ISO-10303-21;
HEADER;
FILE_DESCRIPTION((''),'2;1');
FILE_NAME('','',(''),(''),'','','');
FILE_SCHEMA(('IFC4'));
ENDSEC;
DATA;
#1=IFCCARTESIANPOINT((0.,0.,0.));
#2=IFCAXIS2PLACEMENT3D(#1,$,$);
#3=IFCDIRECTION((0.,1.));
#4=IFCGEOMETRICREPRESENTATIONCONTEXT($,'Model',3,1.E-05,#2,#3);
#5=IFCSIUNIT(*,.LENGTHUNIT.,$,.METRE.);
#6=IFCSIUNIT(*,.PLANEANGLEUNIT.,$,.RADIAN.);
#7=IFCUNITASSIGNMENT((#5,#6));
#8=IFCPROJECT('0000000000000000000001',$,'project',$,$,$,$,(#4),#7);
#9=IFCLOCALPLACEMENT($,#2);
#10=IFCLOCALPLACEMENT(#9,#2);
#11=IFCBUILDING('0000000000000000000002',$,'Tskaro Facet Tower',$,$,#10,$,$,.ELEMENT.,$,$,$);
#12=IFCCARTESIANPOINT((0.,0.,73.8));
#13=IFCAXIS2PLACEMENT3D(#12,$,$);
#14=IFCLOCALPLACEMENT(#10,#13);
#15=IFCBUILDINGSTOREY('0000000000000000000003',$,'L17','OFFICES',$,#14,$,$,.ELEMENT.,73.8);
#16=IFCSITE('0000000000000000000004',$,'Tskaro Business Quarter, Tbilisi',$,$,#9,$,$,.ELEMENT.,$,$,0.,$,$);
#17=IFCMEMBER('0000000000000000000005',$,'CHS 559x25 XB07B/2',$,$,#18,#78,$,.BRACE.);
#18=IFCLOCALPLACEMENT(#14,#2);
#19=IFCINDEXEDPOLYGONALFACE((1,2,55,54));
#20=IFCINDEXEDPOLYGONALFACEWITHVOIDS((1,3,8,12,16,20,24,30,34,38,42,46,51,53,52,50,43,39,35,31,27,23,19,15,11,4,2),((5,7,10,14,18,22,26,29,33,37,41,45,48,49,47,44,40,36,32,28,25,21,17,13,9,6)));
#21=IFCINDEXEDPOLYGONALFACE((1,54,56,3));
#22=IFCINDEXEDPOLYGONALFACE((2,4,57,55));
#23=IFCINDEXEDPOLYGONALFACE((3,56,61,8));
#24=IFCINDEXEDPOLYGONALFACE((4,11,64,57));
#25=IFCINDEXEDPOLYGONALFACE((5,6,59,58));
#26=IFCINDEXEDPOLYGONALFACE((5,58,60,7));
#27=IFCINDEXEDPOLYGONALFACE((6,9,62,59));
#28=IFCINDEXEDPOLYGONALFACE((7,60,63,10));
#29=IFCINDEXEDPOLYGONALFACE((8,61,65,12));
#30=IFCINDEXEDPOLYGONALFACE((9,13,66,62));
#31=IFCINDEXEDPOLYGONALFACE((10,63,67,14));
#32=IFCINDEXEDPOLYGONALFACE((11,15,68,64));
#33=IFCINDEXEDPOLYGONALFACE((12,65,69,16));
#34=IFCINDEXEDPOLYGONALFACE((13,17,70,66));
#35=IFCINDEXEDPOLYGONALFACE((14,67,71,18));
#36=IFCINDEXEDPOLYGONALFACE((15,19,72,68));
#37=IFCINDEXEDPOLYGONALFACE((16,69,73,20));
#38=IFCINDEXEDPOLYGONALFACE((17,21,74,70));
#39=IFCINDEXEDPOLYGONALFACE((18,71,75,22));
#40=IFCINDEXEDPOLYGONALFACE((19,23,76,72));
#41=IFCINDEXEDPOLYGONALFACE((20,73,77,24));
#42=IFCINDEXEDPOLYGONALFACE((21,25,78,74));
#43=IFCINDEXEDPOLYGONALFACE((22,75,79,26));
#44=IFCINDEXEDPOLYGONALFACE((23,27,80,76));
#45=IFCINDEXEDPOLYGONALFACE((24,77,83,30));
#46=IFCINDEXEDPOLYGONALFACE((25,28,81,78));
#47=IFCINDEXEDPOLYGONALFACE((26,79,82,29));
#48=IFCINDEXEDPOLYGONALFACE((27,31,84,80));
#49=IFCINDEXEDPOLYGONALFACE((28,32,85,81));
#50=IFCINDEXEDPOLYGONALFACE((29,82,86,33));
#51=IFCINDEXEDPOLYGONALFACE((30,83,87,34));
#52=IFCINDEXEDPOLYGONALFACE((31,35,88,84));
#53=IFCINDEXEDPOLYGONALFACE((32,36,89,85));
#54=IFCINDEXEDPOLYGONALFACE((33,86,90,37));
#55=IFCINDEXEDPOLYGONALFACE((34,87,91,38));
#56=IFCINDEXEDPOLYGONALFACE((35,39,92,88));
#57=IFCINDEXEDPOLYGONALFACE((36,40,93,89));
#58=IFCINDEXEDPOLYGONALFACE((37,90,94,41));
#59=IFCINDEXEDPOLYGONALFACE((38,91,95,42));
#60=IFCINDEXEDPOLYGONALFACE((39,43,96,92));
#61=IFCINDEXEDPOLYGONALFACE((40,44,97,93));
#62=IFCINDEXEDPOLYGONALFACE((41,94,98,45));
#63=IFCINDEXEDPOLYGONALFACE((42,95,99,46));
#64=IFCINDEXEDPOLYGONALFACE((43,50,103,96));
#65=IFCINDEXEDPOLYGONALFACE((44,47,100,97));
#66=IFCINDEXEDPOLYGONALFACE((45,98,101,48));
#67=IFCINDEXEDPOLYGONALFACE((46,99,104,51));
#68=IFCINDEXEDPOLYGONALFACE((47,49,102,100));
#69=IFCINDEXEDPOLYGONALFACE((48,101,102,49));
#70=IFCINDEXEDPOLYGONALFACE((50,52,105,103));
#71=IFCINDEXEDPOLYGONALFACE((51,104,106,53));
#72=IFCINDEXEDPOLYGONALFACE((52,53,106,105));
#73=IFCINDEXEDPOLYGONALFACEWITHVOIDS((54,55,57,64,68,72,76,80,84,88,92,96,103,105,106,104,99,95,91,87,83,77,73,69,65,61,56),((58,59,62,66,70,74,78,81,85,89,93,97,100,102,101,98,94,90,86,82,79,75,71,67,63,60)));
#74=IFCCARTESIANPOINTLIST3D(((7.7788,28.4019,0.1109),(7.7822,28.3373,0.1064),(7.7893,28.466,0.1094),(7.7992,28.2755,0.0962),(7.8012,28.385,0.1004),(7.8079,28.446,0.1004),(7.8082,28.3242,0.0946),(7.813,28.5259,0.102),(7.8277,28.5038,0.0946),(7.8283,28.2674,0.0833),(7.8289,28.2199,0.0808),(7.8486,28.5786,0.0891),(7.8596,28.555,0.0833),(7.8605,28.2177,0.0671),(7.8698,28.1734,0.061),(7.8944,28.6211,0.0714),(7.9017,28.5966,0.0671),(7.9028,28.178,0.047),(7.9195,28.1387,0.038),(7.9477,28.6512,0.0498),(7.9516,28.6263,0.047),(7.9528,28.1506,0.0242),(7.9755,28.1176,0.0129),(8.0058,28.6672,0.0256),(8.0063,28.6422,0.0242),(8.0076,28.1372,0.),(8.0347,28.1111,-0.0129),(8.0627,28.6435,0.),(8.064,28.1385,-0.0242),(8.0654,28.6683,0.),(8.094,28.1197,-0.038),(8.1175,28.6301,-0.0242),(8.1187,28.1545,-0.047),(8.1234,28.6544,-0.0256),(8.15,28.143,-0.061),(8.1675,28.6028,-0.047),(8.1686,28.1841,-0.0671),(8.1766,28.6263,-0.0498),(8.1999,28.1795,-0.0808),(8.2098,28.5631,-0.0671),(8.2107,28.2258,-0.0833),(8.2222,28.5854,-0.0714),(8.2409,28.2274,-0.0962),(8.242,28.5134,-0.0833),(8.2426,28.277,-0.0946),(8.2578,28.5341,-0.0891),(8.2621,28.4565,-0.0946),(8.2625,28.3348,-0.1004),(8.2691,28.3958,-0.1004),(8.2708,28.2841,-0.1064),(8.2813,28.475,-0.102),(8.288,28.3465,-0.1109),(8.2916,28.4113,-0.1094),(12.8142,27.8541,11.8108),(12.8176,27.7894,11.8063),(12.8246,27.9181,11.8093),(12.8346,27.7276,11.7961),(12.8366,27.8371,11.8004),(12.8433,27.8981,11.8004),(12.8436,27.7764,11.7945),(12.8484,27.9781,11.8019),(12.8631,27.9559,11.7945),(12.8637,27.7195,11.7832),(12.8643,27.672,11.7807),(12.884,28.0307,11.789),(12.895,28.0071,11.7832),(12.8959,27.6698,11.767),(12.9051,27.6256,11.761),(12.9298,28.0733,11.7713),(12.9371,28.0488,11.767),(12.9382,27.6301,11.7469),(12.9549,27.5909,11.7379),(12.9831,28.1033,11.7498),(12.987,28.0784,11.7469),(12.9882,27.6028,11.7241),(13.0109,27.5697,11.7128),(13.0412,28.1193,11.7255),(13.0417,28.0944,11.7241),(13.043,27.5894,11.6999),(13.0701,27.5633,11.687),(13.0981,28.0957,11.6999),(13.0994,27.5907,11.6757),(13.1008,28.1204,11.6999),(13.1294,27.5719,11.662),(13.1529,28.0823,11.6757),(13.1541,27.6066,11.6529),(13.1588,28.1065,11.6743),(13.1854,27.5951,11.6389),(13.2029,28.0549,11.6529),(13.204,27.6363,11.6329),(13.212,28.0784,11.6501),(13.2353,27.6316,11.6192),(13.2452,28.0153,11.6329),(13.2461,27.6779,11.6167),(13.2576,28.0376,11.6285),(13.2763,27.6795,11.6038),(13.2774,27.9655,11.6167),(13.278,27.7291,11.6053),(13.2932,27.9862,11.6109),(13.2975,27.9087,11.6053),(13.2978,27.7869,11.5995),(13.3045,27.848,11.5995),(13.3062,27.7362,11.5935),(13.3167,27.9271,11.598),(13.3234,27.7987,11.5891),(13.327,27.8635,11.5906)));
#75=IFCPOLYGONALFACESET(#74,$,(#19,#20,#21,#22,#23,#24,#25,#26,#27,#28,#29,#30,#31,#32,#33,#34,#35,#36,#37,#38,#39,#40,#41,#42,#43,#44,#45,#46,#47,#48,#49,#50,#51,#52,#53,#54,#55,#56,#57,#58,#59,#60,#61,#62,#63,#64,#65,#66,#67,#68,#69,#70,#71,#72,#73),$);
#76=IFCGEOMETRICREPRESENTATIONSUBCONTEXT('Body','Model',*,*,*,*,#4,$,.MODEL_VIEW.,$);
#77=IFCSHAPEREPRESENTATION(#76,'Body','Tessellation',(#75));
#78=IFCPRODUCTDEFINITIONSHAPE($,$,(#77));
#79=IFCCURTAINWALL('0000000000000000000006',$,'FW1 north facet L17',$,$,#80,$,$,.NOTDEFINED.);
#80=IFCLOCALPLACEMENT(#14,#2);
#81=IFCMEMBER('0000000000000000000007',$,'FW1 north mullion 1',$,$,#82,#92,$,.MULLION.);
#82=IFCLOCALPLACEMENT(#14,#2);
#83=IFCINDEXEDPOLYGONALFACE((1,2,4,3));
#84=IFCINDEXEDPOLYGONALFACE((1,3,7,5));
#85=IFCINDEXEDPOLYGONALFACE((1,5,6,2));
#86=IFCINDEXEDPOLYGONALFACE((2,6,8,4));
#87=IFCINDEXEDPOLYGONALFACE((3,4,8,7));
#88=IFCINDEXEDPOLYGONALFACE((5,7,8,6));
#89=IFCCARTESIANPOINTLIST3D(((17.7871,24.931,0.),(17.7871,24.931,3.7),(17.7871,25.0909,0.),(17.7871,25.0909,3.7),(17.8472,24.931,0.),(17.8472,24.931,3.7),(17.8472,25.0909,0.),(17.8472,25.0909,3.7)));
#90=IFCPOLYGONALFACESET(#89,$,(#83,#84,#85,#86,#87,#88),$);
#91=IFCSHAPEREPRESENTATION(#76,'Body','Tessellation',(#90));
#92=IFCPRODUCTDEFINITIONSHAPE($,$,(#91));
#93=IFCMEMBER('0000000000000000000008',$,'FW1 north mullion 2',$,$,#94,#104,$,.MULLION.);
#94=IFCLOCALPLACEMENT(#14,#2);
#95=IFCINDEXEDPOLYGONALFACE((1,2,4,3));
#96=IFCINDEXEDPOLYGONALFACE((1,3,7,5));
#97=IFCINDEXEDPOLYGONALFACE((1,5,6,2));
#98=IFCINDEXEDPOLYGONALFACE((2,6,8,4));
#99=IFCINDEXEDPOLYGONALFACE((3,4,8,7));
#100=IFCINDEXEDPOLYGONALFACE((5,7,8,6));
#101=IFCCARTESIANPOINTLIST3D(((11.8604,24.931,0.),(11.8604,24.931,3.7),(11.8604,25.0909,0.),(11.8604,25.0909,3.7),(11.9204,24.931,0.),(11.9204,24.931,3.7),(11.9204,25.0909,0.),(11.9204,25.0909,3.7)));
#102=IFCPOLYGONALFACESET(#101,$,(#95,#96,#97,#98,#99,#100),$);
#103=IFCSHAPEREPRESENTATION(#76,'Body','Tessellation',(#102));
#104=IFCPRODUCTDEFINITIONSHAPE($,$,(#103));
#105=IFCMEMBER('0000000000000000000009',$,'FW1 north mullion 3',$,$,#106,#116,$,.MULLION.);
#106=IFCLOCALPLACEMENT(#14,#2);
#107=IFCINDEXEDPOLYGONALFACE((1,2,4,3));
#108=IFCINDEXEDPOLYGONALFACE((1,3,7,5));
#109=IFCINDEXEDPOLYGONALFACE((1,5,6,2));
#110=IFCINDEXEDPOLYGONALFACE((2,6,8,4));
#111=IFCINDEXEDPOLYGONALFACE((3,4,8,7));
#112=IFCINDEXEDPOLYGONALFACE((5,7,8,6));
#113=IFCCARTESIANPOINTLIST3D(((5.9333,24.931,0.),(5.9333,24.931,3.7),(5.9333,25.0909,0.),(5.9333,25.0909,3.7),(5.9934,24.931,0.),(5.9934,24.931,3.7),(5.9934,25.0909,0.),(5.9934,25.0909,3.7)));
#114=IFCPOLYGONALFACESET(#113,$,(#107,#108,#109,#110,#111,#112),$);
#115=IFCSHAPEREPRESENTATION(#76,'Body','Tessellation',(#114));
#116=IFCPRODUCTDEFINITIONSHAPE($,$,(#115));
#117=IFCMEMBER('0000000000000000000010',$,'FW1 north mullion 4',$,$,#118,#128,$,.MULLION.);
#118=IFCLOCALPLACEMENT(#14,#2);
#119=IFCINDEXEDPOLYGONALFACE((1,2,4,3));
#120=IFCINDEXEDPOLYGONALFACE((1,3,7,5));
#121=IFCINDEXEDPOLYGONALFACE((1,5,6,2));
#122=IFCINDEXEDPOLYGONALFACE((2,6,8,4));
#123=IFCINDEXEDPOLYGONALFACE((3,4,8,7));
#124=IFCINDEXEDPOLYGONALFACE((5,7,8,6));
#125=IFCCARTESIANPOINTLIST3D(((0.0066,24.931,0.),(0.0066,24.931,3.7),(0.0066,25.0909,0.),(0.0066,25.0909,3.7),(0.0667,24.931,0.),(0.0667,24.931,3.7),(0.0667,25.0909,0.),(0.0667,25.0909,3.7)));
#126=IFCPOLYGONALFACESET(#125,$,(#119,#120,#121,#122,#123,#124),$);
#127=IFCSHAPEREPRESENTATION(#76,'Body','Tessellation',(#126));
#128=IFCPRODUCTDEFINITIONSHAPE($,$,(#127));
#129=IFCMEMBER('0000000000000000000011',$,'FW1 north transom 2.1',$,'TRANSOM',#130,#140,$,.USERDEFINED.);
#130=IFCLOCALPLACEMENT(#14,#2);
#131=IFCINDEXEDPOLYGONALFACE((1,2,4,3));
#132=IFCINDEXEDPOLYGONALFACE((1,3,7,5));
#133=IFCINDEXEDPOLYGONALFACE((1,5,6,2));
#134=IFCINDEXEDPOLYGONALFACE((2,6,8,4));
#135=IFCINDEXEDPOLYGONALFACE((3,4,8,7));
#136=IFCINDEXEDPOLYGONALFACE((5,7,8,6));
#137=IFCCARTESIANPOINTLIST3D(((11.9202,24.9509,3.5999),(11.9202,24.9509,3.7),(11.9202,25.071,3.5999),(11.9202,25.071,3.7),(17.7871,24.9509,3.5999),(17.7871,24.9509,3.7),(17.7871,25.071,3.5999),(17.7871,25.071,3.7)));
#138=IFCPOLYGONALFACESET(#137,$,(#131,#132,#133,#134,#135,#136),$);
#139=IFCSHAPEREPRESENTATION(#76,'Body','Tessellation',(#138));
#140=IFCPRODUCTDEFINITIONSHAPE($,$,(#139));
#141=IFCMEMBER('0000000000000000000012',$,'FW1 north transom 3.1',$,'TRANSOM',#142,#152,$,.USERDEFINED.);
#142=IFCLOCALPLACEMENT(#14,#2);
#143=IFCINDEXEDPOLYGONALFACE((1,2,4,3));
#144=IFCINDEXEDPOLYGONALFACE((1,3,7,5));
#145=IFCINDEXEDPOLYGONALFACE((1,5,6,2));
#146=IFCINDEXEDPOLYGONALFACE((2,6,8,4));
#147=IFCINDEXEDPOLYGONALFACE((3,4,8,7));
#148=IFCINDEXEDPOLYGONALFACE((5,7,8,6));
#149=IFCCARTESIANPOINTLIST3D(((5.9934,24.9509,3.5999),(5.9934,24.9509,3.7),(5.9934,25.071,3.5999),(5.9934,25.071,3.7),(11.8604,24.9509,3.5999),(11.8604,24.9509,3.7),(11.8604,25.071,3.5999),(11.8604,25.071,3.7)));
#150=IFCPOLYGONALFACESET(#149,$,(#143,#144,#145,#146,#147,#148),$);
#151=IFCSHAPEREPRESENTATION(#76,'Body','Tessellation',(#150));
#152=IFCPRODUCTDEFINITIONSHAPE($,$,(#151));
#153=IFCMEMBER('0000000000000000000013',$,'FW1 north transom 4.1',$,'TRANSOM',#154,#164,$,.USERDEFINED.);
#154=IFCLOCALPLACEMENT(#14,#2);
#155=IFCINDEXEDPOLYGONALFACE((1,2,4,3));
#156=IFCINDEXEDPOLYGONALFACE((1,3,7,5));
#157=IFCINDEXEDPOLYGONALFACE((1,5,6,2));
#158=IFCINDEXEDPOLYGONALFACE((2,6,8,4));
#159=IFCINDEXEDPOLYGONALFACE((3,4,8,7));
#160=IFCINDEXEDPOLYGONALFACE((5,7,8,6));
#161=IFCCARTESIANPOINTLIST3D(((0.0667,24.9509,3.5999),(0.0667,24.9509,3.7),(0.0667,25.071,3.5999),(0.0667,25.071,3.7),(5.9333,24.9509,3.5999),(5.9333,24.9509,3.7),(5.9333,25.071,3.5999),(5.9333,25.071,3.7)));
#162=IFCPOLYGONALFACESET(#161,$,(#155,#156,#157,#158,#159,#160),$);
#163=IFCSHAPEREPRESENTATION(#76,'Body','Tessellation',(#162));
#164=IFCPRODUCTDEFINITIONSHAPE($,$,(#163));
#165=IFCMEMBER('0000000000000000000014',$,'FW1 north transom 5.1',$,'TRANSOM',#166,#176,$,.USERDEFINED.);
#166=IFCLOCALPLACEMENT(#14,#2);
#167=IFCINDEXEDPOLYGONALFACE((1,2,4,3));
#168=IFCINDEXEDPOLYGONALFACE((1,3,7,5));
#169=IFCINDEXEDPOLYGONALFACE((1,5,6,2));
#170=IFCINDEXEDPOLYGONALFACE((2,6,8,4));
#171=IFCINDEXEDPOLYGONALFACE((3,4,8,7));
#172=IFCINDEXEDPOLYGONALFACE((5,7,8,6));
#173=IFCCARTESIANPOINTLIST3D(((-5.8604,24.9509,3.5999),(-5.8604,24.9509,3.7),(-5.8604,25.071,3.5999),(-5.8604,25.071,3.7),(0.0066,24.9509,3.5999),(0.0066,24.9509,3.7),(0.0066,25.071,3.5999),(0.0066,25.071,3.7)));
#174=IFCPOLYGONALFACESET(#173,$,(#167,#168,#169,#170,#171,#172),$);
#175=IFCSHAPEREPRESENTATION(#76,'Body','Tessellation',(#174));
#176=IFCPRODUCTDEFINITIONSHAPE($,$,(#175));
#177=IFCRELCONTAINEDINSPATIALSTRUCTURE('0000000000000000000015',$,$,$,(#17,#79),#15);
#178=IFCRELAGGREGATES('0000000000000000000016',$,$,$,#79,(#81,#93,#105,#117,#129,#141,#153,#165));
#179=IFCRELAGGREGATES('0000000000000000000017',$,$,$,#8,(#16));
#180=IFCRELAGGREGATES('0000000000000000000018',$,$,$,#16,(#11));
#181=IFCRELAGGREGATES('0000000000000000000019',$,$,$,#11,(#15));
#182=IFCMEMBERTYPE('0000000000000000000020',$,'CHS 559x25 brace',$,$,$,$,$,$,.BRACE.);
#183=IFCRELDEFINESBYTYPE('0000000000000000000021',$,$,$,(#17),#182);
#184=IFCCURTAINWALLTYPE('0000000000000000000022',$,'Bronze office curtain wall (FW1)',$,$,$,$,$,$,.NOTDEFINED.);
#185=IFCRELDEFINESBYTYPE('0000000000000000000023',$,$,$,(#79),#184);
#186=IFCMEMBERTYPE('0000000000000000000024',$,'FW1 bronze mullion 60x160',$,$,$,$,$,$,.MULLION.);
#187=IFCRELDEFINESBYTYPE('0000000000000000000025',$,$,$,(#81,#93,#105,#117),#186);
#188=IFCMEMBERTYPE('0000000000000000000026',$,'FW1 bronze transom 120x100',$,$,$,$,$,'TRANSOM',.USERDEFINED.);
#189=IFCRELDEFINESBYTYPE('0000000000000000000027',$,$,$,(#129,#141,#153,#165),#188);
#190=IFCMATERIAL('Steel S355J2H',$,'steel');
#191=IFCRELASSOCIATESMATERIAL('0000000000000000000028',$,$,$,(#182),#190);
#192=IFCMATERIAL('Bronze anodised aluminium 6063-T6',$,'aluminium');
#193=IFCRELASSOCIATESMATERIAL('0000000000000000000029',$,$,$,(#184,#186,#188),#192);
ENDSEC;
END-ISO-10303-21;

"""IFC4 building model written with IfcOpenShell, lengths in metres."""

from ifc_helpers import new_model, si_unit, direction, frame, origin, origin_2d, place, context, subcontext, project, spatial, rectangle, hollow_circle, extrude, material, material_profile, profile_set, type_object, element, aggregate, save


model = new_model("IFC4")

# Units and contexts
model_context = context("Model", 3, precision=1e-05, world=origin(), true_north=direction((0.0, 1.0)))
body_context = subcontext(model_context, "Body", "Model", "MODEL_VIEW")
ifc_project = project(units=[si_unit("LENGTHUNIT", "METRE"), si_unit("PLANEANGLEUNIT", "RADIAN")], contexts=[model_context])

# Site, building, storey
site_placement = place(None, origin())
site = spatial("IfcSite", under=ifc_project, at=site_placement, Name="Tskaro Business Quarter, Tbilisi", CompositionType="ELEMENT", RefElevation=0.0)
building_placement = place(site_placement, origin())
building = spatial("IfcBuilding", under=site, at=building_placement, Name="Tskaro Facet Tower", CompositionType="ELEMENT")
storey_placement = place(building_placement, frame((0.0, 0.0, 73.8)))
storey = spatial("IfcBuildingStorey", under=building, at=storey_placement, Name="L17", Description="OFFICES", CompositionType="ELEMENT", Elevation=73.8)

# Shared definitions
ifc_material_1 = material(Name="Steel S355J2H", Category="steel")

# Member
ifc_material_profile_1 = material_profile(ifc_material_1, hollow_circle(Radius=0.2795, WallThickness=0.0249, at=origin_2d()), Name="CHS 559x25")
ifc_profile_set_1 = profile_set([ifc_material_profile_1], Name="Steel S355J2H")
member_type_1 = type_object("IfcMemberType", Name="CHS 559x25 brace", PredefinedType="BRACE", material=ifc_profile_set_1)
member_1_placement = place(storey_placement, frame((8.0352, 28.3904, 0.0), z_axis=(0.394956, -0.042971, 0.917695), x_axis=(0.108162, 0.994133, 0.0)))
element("IfcMember", 1, at=member_1_placement, inside=storey, type_object=member_type_1, Name="CHS 559x25 XB07B/2", PredefinedType="BRACE", context=body_context, shape_type="SweptSolid", body=[
    extrude(hollow_circle(Radius=0.2795, WallThickness=0.0249, at=origin_2d()), origin(), (0.0, 0.0, 1.0), 12.7493),
])

# Curtain wall, members
ifc_material_2 = material(Name="Bronze anodised aluminium 6063-T6", Category="aluminium")
curtain_wall_type = type_object("IfcCurtainWallType", Name="Bronze office curtain wall (FW1)", PredefinedType="NOTDEFINED", material=ifc_material_2)
curtain_wall_placement = place(storey_placement, origin())
curtain_wall = element("IfcCurtainWall", 2, at=curtain_wall_placement, inside=storey, type_object=curtain_wall_type, Name="FW1 north facet L17", PredefinedType="NOTDEFINED")
ifc_material_profile_2 = material_profile(ifc_material_2, rectangle(XDim=0.0601, YDim=0.1599, at=origin_2d()), Name="Mullion 60x160")
ifc_profile_set_2 = profile_set([ifc_material_profile_2], Name="Bronze anodised aluminium 6063-T6")
member_type_2 = type_object("IfcMemberType", Name="FW1 bronze mullion 60x160", PredefinedType="MULLION", material=ifc_profile_set_2)
member_2_placement = place(storey_placement, frame((17.8171, 25.011, 0.0), z_axis=(0.0, 0.0, 1.0), x_axis=(-1.0, 0.0, 0.0)))
member_2 = element("IfcMember", 3, at=member_2_placement, type_object=member_type_2, Name="FW1 north mullion 1", PredefinedType="MULLION", context=body_context, shape_type="SweptSolid", body=[
    extrude(rectangle(XDim=0.0601, YDim=0.1599, at=origin_2d()), origin(), (0.0, 0.0, 1.0), 3.7),
])
member_3_placement = place(storey_placement, frame((11.8904, 25.011, 0.0), z_axis=(0.0, 0.0, 1.0), x_axis=(-1.0, 0.0, 0.0)))
member_3 = element("IfcMember", 4, at=member_3_placement, type_object=member_type_2, Name="FW1 north mullion 2", PredefinedType="MULLION", context=body_context, shape_type="SweptSolid", body=[
    extrude(rectangle(XDim=0.0601, YDim=0.1599, at=origin_2d()), origin(), (0.0, 0.0, 1.0), 3.7),
])
member_4_placement = place(storey_placement, frame((5.9634, 25.011, 0.0), z_axis=(0.0, 0.0, 1.0), x_axis=(-1.0, 0.0, 0.0)))
member_4 = element("IfcMember", 5, at=member_4_placement, type_object=member_type_2, Name="FW1 north mullion 3", PredefinedType="MULLION", context=body_context, shape_type="SweptSolid", body=[
    extrude(rectangle(XDim=0.0601, YDim=0.1599, at=origin_2d()), origin(), (0.0, 0.0, 1.0), 3.7),
])
member_5_placement = place(storey_placement, frame((0.0366, 25.011, 0.0), z_axis=(0.0, 0.0, 1.0), x_axis=(-1.0, 0.0, 0.0)))
member_5 = element("IfcMember", 6, at=member_5_placement, type_object=member_type_2, Name="FW1 north mullion 4", PredefinedType="MULLION", context=body_context, shape_type="SweptSolid", body=[
    extrude(rectangle(XDim=0.0601, YDim=0.1599, at=origin_2d()), origin(), (0.0, 0.0, 1.0), 3.7),
])
ifc_material_profile_3 = material_profile(ifc_material_2, rectangle(XDim=0.1201, YDim=0.1001, at=origin_2d()), Name="Transom 120x100")
ifc_profile_set_3 = profile_set([ifc_material_profile_3], Name="Bronze anodised aluminium 6063-T6")
member_type_3 = type_object("IfcMemberType", Name="FW1 bronze transom 120x100", ElementType="TRANSOM", PredefinedType="USERDEFINED", material=ifc_profile_set_3)
member_6_placement = place(storey_placement, frame((17.7871, 25.011, 3.6499), z_axis=(-1.0, 0.0, 0.0), x_axis=(0.0, -1.0, 0.0)))
member_6 = element("IfcMember", 7, at=member_6_placement, type_object=member_type_3, Name="FW1 north transom 2.1", ObjectType="TRANSOM", PredefinedType="USERDEFINED", context=body_context, shape_type="SweptSolid", body=[
    extrude(rectangle(XDim=0.1201, YDim=0.1001, at=origin_2d()), origin(), (0.0, 0.0, 1.0), 5.8669),
])
member_7_placement = place(storey_placement, frame((11.8604, 25.011, 3.6499), z_axis=(-1.0, 0.0, 0.0), x_axis=(0.0, -1.0, 0.0)))
member_7 = element("IfcMember", 8, at=member_7_placement, type_object=member_type_3, Name="FW1 north transom 3.1", ObjectType="TRANSOM", PredefinedType="USERDEFINED", context=body_context, shape_type="SweptSolid", body=[
    extrude(rectangle(XDim=0.1201, YDim=0.1001, at=origin_2d()), origin(), (0.0, 0.0, 1.0), 5.8669),
])
member_8_placement = place(storey_placement, frame((5.9333, 25.011, 3.6499), z_axis=(-1.0, 0.0, 0.0), x_axis=(0.0, -1.0, 0.0)))
member_8 = element("IfcMember", 9, at=member_8_placement, type_object=member_type_3, Name="FW1 north transom 4.1", ObjectType="TRANSOM", PredefinedType="USERDEFINED", context=body_context, shape_type="SweptSolid", body=[
    extrude(rectangle(XDim=0.1201, YDim=0.1001, at=origin_2d()), origin(), (0.0, 0.0, 1.0), 5.8667),
])
member_9_placement = place(storey_placement, frame((0.0066, 25.011, 3.6499), z_axis=(-1.0, 0.0, 0.0), x_axis=(0.0, -1.0, 0.0)))
member_9 = element("IfcMember", 10, at=member_9_placement, type_object=member_type_3, Name="FW1 north transom 5.1", ObjectType="TRANSOM", PredefinedType="USERDEFINED", context=body_context, shape_type="SweptSolid", body=[
    extrude(rectangle(XDim=0.1201, YDim=0.1001, at=origin_2d()), origin(), (0.0, 0.0, 1.0), 5.8669),
])

aggregate(curtain_wall, [member_2, member_3, member_4, member_5, member_6, member_7, member_8, member_9])

save(model, "model.ifc")
